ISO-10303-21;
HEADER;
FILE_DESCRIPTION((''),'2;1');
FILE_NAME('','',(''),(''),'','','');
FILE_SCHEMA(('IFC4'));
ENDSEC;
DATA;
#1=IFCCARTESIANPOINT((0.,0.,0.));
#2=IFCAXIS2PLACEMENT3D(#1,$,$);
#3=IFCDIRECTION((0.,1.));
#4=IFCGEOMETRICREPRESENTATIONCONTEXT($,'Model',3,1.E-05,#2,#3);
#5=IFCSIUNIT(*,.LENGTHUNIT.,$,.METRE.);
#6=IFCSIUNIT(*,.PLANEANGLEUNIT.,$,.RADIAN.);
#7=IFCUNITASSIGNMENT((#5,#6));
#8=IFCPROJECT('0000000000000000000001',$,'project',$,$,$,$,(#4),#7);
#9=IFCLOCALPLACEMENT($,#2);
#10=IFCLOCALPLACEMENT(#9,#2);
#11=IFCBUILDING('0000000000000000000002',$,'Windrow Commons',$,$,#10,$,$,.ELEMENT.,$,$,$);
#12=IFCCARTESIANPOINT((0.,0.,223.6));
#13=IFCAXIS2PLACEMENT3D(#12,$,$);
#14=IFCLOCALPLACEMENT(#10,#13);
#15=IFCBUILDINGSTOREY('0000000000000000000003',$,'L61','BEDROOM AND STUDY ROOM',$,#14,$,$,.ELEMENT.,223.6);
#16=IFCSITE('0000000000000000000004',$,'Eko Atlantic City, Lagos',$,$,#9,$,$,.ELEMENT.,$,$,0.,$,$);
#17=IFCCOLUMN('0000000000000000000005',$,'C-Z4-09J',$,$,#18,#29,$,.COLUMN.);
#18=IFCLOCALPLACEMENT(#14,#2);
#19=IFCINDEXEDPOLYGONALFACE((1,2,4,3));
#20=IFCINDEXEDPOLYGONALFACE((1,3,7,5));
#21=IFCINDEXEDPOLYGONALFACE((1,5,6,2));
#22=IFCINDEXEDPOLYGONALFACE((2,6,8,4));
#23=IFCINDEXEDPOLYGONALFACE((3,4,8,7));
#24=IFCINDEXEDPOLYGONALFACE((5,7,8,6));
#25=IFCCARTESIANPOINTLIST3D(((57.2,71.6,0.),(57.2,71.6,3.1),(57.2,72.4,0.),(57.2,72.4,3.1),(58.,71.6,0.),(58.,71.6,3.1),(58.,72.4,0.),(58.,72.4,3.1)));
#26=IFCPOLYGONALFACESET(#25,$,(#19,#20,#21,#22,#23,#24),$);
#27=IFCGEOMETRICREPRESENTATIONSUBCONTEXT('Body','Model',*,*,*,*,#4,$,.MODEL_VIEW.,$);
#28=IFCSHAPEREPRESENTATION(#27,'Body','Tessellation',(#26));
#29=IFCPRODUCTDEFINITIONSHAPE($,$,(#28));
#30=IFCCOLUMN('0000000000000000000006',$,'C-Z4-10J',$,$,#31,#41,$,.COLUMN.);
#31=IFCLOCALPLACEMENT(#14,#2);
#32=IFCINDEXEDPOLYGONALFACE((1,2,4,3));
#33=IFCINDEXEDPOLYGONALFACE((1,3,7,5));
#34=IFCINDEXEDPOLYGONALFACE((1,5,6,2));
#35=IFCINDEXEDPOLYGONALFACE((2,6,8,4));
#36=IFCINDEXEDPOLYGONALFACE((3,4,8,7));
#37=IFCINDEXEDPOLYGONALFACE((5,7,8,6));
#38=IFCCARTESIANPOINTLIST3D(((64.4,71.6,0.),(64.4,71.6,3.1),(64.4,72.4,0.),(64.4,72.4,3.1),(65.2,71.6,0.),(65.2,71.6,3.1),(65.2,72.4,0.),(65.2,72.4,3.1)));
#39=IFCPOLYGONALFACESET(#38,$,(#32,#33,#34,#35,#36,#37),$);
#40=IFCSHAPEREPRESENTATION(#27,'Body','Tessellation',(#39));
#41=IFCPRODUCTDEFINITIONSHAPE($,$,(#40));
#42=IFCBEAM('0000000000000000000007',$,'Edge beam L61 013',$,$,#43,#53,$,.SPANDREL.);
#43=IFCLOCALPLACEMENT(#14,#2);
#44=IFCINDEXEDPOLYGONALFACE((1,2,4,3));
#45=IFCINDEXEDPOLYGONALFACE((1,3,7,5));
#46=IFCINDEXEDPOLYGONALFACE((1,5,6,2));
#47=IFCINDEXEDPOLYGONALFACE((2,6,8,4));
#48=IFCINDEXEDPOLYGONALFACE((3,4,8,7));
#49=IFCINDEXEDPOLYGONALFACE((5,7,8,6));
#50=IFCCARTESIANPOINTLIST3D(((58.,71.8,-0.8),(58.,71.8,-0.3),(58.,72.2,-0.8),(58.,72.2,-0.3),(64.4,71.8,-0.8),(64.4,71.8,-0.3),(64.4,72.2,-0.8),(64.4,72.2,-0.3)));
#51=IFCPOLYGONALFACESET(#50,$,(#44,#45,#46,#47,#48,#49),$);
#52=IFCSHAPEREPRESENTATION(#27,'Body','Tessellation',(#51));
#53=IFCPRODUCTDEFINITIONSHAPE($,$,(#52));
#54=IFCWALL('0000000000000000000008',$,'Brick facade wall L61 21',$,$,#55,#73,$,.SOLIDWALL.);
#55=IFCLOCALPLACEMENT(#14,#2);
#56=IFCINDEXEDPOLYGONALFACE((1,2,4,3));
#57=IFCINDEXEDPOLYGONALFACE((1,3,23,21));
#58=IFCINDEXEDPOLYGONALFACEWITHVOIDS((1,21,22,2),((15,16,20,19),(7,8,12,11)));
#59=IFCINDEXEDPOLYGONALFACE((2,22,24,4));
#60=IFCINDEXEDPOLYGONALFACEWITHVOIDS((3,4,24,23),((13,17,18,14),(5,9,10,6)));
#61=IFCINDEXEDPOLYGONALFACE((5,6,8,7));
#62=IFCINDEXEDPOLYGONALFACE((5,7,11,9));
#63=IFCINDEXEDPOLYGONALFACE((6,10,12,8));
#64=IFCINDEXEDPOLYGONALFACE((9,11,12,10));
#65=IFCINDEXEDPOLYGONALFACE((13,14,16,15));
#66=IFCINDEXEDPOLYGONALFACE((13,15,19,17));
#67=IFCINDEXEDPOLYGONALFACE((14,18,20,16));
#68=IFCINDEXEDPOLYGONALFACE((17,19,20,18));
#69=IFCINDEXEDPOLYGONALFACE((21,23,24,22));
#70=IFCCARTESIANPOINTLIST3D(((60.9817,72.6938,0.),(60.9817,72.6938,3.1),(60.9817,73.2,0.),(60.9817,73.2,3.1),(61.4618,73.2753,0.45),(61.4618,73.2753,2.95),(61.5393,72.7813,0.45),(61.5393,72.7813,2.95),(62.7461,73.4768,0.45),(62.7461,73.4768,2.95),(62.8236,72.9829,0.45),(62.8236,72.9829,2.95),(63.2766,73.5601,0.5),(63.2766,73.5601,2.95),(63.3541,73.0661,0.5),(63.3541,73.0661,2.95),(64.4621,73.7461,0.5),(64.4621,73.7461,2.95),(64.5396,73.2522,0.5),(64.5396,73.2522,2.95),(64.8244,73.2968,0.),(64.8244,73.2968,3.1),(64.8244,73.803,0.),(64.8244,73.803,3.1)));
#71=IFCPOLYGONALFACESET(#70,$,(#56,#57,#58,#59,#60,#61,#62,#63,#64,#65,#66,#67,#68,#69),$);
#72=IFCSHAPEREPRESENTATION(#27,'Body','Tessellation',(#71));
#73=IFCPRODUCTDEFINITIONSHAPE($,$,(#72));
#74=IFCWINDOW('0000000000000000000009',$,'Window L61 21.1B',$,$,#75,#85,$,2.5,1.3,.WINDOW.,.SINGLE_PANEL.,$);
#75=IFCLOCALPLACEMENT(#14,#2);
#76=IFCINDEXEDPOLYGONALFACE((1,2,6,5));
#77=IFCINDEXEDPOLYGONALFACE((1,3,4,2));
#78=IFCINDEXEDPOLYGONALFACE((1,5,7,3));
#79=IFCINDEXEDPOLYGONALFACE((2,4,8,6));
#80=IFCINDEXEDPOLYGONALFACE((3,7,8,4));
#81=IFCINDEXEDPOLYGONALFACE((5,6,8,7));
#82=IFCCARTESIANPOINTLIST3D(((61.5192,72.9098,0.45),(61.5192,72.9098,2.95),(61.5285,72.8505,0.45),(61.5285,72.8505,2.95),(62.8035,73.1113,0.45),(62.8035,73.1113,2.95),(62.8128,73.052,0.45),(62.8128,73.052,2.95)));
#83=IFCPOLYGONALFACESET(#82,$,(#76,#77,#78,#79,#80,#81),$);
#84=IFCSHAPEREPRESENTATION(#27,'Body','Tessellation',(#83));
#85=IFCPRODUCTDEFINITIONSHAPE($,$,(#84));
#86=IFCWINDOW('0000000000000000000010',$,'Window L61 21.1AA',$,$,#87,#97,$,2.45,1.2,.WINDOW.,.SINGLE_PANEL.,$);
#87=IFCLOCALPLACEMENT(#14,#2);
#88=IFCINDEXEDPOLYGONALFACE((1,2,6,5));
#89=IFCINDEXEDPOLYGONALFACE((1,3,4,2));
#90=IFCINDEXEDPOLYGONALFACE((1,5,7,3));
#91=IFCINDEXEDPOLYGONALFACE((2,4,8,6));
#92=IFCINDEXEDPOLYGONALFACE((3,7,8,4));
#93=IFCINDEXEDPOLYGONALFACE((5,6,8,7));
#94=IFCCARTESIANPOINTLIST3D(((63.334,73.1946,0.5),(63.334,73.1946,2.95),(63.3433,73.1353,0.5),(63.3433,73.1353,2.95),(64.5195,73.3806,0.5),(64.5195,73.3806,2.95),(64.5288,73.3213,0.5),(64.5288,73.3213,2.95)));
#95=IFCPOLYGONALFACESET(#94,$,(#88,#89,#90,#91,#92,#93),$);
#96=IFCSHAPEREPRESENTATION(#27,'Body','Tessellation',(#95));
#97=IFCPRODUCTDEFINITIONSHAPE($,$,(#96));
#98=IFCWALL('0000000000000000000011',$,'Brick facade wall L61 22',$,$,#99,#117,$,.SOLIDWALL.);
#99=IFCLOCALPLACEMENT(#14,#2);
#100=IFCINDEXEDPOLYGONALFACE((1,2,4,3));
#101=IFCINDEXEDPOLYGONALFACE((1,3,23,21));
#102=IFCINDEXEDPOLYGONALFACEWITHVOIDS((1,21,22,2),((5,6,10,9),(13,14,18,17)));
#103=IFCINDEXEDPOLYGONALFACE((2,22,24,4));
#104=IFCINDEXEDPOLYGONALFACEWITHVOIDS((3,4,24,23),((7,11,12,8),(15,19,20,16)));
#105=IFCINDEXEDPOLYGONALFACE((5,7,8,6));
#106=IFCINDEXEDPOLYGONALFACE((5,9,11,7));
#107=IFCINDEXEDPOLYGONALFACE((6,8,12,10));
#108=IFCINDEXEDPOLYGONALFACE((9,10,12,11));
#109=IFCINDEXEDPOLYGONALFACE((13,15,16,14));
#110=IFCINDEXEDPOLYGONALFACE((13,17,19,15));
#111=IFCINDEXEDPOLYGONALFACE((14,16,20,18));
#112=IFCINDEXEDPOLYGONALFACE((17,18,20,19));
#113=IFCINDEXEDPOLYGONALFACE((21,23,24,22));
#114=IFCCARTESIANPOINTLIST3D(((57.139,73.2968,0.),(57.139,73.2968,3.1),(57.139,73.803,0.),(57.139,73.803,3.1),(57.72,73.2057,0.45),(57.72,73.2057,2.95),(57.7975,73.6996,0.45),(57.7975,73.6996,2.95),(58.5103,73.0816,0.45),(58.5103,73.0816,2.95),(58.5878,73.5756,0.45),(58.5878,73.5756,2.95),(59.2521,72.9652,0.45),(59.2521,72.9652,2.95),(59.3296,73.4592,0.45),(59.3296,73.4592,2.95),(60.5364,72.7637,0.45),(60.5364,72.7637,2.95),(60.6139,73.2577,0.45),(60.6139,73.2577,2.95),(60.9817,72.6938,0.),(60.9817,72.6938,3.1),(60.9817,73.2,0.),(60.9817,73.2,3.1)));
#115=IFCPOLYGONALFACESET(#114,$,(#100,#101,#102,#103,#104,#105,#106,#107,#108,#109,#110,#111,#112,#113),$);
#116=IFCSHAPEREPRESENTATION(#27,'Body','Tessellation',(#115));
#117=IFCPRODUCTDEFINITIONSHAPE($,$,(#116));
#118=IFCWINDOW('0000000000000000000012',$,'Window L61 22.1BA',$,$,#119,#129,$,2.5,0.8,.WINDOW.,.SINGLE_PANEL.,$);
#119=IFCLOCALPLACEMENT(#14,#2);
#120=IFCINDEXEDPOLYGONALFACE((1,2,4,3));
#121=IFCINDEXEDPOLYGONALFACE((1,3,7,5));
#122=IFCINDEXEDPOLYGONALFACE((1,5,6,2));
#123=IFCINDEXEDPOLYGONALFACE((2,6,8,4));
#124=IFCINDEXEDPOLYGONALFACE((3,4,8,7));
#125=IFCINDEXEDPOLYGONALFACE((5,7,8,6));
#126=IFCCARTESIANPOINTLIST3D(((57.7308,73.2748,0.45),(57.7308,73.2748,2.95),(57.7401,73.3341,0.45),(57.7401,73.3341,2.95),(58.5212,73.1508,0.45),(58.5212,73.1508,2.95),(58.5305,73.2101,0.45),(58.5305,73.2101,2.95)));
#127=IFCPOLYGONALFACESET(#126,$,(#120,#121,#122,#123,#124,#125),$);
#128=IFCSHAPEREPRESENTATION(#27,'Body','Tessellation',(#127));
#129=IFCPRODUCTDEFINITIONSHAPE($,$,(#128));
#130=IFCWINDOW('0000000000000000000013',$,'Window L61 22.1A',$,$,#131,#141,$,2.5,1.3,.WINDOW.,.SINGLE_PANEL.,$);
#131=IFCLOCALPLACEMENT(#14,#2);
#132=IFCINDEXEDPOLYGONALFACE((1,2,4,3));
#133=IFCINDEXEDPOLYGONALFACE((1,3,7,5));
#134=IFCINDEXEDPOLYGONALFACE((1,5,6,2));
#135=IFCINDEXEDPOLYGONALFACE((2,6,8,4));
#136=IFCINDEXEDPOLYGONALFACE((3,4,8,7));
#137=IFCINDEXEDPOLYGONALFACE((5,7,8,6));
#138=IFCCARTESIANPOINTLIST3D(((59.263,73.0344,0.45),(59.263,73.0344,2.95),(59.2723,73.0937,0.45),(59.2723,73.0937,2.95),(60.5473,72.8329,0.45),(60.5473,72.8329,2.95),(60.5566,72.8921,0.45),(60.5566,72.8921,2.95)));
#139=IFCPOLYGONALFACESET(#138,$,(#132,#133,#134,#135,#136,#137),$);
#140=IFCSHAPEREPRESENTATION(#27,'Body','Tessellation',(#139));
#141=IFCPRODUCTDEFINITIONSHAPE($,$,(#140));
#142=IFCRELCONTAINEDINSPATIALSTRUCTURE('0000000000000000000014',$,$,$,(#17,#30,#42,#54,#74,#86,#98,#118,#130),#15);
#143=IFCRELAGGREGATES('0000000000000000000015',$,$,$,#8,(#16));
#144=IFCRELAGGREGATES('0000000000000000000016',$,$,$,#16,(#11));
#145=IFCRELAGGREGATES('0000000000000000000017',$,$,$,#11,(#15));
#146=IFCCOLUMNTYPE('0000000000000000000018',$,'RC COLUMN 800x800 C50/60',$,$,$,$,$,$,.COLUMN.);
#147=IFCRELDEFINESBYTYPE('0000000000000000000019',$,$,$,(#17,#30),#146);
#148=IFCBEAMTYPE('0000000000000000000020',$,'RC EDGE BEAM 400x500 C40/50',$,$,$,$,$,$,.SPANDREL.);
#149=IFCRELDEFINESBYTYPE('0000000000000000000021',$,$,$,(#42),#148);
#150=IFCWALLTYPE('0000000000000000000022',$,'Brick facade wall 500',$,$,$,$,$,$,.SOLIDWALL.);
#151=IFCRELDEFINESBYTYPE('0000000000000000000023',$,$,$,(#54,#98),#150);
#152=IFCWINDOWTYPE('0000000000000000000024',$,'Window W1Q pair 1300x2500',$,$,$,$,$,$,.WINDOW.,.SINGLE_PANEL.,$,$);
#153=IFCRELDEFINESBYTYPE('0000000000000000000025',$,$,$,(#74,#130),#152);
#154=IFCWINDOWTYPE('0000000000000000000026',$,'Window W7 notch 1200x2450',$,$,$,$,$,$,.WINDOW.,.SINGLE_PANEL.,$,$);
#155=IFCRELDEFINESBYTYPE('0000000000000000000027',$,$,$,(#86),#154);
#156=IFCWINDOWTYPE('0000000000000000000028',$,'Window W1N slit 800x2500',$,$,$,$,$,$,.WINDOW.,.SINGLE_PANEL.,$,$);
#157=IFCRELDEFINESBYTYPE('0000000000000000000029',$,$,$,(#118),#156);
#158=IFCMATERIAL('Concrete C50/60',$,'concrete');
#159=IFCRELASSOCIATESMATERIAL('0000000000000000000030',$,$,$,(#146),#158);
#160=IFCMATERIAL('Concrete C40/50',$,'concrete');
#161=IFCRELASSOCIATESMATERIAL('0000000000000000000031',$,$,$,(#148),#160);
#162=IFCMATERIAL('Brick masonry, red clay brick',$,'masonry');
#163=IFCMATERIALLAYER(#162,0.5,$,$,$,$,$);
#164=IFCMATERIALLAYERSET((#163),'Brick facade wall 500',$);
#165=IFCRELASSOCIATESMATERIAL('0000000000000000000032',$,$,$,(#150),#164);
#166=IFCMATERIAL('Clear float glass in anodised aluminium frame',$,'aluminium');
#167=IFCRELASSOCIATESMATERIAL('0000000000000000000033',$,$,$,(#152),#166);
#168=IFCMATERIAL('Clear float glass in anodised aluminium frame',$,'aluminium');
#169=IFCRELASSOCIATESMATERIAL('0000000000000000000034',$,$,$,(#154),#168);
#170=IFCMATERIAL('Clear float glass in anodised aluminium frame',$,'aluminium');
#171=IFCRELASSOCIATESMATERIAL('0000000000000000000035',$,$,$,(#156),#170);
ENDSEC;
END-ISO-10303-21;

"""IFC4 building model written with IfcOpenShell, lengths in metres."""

from ifc_helpers import new_model, si_unit, direction, frame, frame_2d, origin, origin_2d, place, context, subcontext, project, spatial, polyline, rectangle, outline, extrude, material, layer, layer_set, material_profile, profile_set, type_object, element, fill, save


model = new_model("IFC4")

# Units and contexts
model_context = context("Model", 3, precision=1e-05, world=origin(), true_north=direction((0.0, 1.0)))
body_context = subcontext(model_context, "Body", "Model", "MODEL_VIEW")
ifc_project = project(units=[si_unit("LENGTHUNIT", "METRE"), si_unit("PLANEANGLEUNIT", "RADIAN")], contexts=[model_context])

# Site, building, storey
site_placement = place(None, origin())
site = spatial("IfcSite", under=ifc_project, at=site_placement, Name="Eko Atlantic City, Lagos", CompositionType="ELEMENT", RefElevation=0.0)
building_placement = place(site_placement, origin())
building = spatial("IfcBuilding", under=site, at=building_placement, Name="Windrow Commons", CompositionType="ELEMENT")
storey_placement = place(building_placement, frame((0.0, 0.0, 223.6)))
storey = spatial("IfcBuildingStorey", under=building, at=storey_placement, Name="L61", Description="BEDROOM AND STUDY ROOM", CompositionType="ELEMENT", Elevation=223.6)

# Columns
ifc_material_1 = material(Name="Concrete C50/60", Category="concrete")
ifc_material_profile_1 = material_profile(ifc_material_1, rectangle(XDim=0.8, YDim=0.8, at=origin_2d()))
ifc_profile_set_1 = profile_set([ifc_material_profile_1], Name="Concrete C50/60")
column_type = type_object("IfcColumnType", Name="RC COLUMN 800x800 C50/60", PredefinedType="COLUMN", material=ifc_profile_set_1)
for number, where, z_axis, x_axis, name in (
    (1, (57.6, 72.0, 0.0), (0.0, 0.0, 1.0), (1.0, 0.0, 0.0), "C-Z4-09J"),
    (2, (64.8, 72.0, 0.0), (0.0, 0.0, 1.0), (1.0, 0.0, 0.0), "C-Z4-10J"),
):
    element("IfcColumn", number, at=place(storey_placement, frame(where, z_axis=z_axis, x_axis=x_axis)), inside=storey, type_object=column_type, Name=name, PredefinedType="COLUMN", context=body_context, shape_type="SweptSolid", body=[
        extrude(rectangle(XDim=0.8, YDim=0.8, at=origin_2d()), origin(), (0.0, 0.0, 1.0), 3.1),
    ])

# Beam
ifc_material_2 = material(Name="Concrete C40/50", Category="concrete")
ifc_material_profile_2 = material_profile(ifc_material_2, rectangle(XDim=0.4, YDim=0.5, at=origin_2d()))
ifc_profile_set_2 = profile_set([ifc_material_profile_2], Name="Concrete C40/50")
beam_type = type_object("IfcBeamType", Name="RC EDGE BEAM 400x500 C40/50", PredefinedType="SPANDREL", material=ifc_profile_set_2)
beam_placement = place(storey_placement, frame((58.0, 72.0, -0.55), z_axis=(1.0, 0.0, 0.0), x_axis=(0.0, 1.0, 0.0)))
element("IfcBeam", 3, at=beam_placement, inside=storey, type_object=beam_type, Name="Edge beam L61 013", PredefinedType="SPANDREL", context=body_context, shape_type="SweptSolid", body=[
    extrude(rectangle(XDim=0.4, YDim=0.5, at=origin_2d()), origin(), (0.0, 0.0, 1.0), 6.4),
])

# Walls, openings, windows
ifc_material_3 = material(Name="Brick masonry, red clay brick", Category="masonry")
ifc_layer_1 = layer(ifc_material_3, 0.5)
ifc_layer_set_1 = layer_set([ifc_layer_1], Name="Brick facade wall 500")
wall_type_1 = type_object("IfcWallType", Name="Brick facade wall 500", PredefinedType="SOLIDWALL", material=ifc_layer_set_1)
wall_1_placement = place(storey_placement, frame((64.8244, 73.5499, 0.0), z_axis=(0.0, 0.0, 1.0), x_axis=(-0.987911, -0.155024, 0.0)))
wall_1 = element("IfcWall", 4, at=wall_1_placement, inside=storey, type_object=wall_type_1, Name="Brick facade wall L61 21", PredefinedType="SOLIDWALL", context=body_context, shape_type="SweptSolid", body=[
    extrude(outline(polyline([(-0.0392, -0.25), (3.8505, -0.25), (3.929, 0.25), (0.0392, 0.25), (-0.0392, -0.25)])), origin(), (0.0, 0.0, 1.0), 3.1),
])
opening_1_placement = place(wall_1_placement, frame((2.0645, 0.0, 0.45)))
opening_1 = element("IfcOpeningElement", 5, at=opening_1_placement, cuts=wall_1, PredefinedType="OPENING", context=body_context, shape_type="SweptSolid", body=[
    extrude(rectangle(XDim=1.3, YDim=2.5, at=frame_2d((0.65, 1.25))), frame((0.0, 0.26, 0.0), z_axis=(0.0, -1.0, 0.0), x_axis=(1.0, 0.0, 0.0)), (0.0, 0.0, 1.0), 0.52),
])
opening_2_placement = place(wall_1_placement, frame((0.3275, 0.0, 0.5)))
opening_2 = element("IfcOpeningElement", 6, at=opening_2_placement, cuts=wall_1, PredefinedType="OPENING", context=body_context, shape_type="SweptSolid", body=[
    extrude(rectangle(XDim=1.2, YDim=2.45, at=frame_2d((0.6, 1.225))), frame((0.0, 0.26, 0.0), z_axis=(0.0, -1.0, 0.0), x_axis=(1.0, 0.0, 0.0)), (0.0, 0.0, 1.0), 0.52),
])
ifc_material_4 = material(Name="Clear float glass in anodised aluminium frame", Category="aluminium")
window_type_1 = type_object("IfcWindowType", Name="Window W1Q pair 1300x2500", PartitioningType="SINGLE_PANEL", PredefinedType="WINDOW", material=ifc_material_4)
window_1_placement = place(opening_1_placement, origin())
window_1 = element("IfcWindow", 7, at=window_1_placement, inside=storey, type_object=window_type_1, Name="Window L61 21.1B", OverallHeight=2.5, OverallWidth=1.3, PartitioningType="SINGLE_PANEL", PredefinedType="WINDOW", context=body_context, shape_type="SweptSolid", body=[
    extrude(rectangle(XDim=1.3, YDim=2.5, at=frame_2d((0.65, 1.25))), frame((0.0, 0.18, 0.0), z_axis=(0.0, -1.0, 0.0), x_axis=(1.0, 0.0, 0.0)), (0.0, 0.0, 1.0), 0.06),
])
fill(opening_1, window_1)
ifc_material_5 = material(Name="Clear float glass in anodised aluminium frame", Category="aluminium")
window_type_2 = type_object("IfcWindowType", Name="Window W7 notch 1200x2450", PartitioningType="SINGLE_PANEL", PredefinedType="WINDOW", material=ifc_material_5)
window_2_placement = place(opening_2_placement, origin())
window_2 = element("IfcWindow", 8, at=window_2_placement, inside=storey, type_object=window_type_2, Name="Window L61 21.1AA", OverallHeight=2.45, OverallWidth=1.2, PartitioningType="SINGLE_PANEL", PredefinedType="WINDOW", context=body_context, shape_type="SweptSolid", body=[
    extrude(rectangle(XDim=1.2, YDim=2.45, at=frame_2d((0.6, 1.225))), frame((0.0, 0.18, 0.0), z_axis=(0.0, -1.0, 0.0), x_axis=(1.0, 0.0, 0.0)), (0.0, 0.0, 1.0), 0.06),
])
fill(opening_2, window_2)
wall_2_placement = place(storey_placement, frame((60.9817, 72.9469, 0.0), z_axis=(0.0, 0.0, 1.0), x_axis=(-0.987911, 0.15502, 0.0)))
wall_2 = element("IfcWall", 9, at=wall_2_placement, inside=storey, type_object=wall_type_1, Name="Brick facade wall L61 22", PredefinedType="SOLIDWALL", context=body_context, shape_type="SweptSolid", body=[
    extrude(outline(polyline([(0.0392, -0.25), (3.929, -0.25), (3.8505, 0.25), (-0.0392, 0.25), (0.0392, -0.25)])), origin(), (0.0, 0.0, 1.0), 3.1),
])
opening_3_placement = place(wall_2_placement, frame((0.4115, 0.0, 0.45)))
opening_3 = element("IfcOpeningElement", 10, at=opening_3_placement, cuts=wall_2, PredefinedType="OPENING", context=body_context, shape_type="SweptSolid", body=[
    extrude(rectangle(XDim=1.3, YDim=2.5, at=frame_2d((0.65, 1.25))), frame((0.0, 0.26, 0.0), z_axis=(0.0, -1.0, 0.0), x_axis=(1.0, 0.0, 0.0)), (0.0, 0.0, 1.0), 0.52),
])
opening_4_placement = place(wall_2_placement, frame((2.4624, 0.0, 0.45)))
opening_4 = element("IfcOpeningElement", 11, at=opening_4_placement, cuts=wall_2, PredefinedType="OPENING", context=body_context, shape_type="SweptSolid", body=[
    extrude(rectangle(XDim=0.8, YDim=2.5, at=frame_2d((0.4, 1.25))), frame((0.0, 0.26, 0.0), z_axis=(0.0, -1.0, 0.0), x_axis=(1.0, 0.0, 0.0)), (0.0, 0.0, 1.0), 0.52),
])
ifc_material_6 = material(Name="Clear float glass in anodised aluminium frame", Category="aluminium")
window_type_3 = type_object("IfcWindowType", Name="Window W1N slit 800x2500", PartitioningType="SINGLE_PANEL", PredefinedType="WINDOW", material=ifc_material_6)
window_3_placement = place(opening_4_placement, origin())
window_3 = element("IfcWindow", 12, at=window_3_placement, inside=storey, type_object=window_type_3, Name="Window L61 22.1BA", OverallHeight=2.5, OverallWidth=0.8, PartitioningType="SINGLE_PANEL", PredefinedType="WINDOW", context=body_context, shape_type="SweptSolid", body=[
    extrude(rectangle(XDim=0.8, YDim=2.5, at=frame_2d((0.4, 1.25))), frame((0.0, 0.18, 0.0), z_axis=(0.0, -1.0, 0.0), x_axis=(1.0, 0.0, 0.0)), (0.0, 0.0, 1.0), 0.06),
])
fill(opening_4, window_3)
window_4_placement = place(opening_3_placement, origin())
window_4 = element("IfcWindow", 13, at=window_4_placement, inside=storey, type_object=window_type_1, Name="Window L61 22.1A", OverallHeight=2.5, OverallWidth=1.3, PartitioningType="SINGLE_PANEL", PredefinedType="WINDOW", context=body_context, shape_type="SweptSolid", body=[
    extrude(rectangle(XDim=1.3, YDim=2.5, at=frame_2d((0.65, 1.25))), frame((0.0, 0.18, 0.0), z_axis=(0.0, -1.0, 0.0), x_axis=(1.0, 0.0, 0.0)), (0.0, 0.0, 1.0), 0.06),
])
fill(opening_3, window_4)

save(model, "model.ifc")
